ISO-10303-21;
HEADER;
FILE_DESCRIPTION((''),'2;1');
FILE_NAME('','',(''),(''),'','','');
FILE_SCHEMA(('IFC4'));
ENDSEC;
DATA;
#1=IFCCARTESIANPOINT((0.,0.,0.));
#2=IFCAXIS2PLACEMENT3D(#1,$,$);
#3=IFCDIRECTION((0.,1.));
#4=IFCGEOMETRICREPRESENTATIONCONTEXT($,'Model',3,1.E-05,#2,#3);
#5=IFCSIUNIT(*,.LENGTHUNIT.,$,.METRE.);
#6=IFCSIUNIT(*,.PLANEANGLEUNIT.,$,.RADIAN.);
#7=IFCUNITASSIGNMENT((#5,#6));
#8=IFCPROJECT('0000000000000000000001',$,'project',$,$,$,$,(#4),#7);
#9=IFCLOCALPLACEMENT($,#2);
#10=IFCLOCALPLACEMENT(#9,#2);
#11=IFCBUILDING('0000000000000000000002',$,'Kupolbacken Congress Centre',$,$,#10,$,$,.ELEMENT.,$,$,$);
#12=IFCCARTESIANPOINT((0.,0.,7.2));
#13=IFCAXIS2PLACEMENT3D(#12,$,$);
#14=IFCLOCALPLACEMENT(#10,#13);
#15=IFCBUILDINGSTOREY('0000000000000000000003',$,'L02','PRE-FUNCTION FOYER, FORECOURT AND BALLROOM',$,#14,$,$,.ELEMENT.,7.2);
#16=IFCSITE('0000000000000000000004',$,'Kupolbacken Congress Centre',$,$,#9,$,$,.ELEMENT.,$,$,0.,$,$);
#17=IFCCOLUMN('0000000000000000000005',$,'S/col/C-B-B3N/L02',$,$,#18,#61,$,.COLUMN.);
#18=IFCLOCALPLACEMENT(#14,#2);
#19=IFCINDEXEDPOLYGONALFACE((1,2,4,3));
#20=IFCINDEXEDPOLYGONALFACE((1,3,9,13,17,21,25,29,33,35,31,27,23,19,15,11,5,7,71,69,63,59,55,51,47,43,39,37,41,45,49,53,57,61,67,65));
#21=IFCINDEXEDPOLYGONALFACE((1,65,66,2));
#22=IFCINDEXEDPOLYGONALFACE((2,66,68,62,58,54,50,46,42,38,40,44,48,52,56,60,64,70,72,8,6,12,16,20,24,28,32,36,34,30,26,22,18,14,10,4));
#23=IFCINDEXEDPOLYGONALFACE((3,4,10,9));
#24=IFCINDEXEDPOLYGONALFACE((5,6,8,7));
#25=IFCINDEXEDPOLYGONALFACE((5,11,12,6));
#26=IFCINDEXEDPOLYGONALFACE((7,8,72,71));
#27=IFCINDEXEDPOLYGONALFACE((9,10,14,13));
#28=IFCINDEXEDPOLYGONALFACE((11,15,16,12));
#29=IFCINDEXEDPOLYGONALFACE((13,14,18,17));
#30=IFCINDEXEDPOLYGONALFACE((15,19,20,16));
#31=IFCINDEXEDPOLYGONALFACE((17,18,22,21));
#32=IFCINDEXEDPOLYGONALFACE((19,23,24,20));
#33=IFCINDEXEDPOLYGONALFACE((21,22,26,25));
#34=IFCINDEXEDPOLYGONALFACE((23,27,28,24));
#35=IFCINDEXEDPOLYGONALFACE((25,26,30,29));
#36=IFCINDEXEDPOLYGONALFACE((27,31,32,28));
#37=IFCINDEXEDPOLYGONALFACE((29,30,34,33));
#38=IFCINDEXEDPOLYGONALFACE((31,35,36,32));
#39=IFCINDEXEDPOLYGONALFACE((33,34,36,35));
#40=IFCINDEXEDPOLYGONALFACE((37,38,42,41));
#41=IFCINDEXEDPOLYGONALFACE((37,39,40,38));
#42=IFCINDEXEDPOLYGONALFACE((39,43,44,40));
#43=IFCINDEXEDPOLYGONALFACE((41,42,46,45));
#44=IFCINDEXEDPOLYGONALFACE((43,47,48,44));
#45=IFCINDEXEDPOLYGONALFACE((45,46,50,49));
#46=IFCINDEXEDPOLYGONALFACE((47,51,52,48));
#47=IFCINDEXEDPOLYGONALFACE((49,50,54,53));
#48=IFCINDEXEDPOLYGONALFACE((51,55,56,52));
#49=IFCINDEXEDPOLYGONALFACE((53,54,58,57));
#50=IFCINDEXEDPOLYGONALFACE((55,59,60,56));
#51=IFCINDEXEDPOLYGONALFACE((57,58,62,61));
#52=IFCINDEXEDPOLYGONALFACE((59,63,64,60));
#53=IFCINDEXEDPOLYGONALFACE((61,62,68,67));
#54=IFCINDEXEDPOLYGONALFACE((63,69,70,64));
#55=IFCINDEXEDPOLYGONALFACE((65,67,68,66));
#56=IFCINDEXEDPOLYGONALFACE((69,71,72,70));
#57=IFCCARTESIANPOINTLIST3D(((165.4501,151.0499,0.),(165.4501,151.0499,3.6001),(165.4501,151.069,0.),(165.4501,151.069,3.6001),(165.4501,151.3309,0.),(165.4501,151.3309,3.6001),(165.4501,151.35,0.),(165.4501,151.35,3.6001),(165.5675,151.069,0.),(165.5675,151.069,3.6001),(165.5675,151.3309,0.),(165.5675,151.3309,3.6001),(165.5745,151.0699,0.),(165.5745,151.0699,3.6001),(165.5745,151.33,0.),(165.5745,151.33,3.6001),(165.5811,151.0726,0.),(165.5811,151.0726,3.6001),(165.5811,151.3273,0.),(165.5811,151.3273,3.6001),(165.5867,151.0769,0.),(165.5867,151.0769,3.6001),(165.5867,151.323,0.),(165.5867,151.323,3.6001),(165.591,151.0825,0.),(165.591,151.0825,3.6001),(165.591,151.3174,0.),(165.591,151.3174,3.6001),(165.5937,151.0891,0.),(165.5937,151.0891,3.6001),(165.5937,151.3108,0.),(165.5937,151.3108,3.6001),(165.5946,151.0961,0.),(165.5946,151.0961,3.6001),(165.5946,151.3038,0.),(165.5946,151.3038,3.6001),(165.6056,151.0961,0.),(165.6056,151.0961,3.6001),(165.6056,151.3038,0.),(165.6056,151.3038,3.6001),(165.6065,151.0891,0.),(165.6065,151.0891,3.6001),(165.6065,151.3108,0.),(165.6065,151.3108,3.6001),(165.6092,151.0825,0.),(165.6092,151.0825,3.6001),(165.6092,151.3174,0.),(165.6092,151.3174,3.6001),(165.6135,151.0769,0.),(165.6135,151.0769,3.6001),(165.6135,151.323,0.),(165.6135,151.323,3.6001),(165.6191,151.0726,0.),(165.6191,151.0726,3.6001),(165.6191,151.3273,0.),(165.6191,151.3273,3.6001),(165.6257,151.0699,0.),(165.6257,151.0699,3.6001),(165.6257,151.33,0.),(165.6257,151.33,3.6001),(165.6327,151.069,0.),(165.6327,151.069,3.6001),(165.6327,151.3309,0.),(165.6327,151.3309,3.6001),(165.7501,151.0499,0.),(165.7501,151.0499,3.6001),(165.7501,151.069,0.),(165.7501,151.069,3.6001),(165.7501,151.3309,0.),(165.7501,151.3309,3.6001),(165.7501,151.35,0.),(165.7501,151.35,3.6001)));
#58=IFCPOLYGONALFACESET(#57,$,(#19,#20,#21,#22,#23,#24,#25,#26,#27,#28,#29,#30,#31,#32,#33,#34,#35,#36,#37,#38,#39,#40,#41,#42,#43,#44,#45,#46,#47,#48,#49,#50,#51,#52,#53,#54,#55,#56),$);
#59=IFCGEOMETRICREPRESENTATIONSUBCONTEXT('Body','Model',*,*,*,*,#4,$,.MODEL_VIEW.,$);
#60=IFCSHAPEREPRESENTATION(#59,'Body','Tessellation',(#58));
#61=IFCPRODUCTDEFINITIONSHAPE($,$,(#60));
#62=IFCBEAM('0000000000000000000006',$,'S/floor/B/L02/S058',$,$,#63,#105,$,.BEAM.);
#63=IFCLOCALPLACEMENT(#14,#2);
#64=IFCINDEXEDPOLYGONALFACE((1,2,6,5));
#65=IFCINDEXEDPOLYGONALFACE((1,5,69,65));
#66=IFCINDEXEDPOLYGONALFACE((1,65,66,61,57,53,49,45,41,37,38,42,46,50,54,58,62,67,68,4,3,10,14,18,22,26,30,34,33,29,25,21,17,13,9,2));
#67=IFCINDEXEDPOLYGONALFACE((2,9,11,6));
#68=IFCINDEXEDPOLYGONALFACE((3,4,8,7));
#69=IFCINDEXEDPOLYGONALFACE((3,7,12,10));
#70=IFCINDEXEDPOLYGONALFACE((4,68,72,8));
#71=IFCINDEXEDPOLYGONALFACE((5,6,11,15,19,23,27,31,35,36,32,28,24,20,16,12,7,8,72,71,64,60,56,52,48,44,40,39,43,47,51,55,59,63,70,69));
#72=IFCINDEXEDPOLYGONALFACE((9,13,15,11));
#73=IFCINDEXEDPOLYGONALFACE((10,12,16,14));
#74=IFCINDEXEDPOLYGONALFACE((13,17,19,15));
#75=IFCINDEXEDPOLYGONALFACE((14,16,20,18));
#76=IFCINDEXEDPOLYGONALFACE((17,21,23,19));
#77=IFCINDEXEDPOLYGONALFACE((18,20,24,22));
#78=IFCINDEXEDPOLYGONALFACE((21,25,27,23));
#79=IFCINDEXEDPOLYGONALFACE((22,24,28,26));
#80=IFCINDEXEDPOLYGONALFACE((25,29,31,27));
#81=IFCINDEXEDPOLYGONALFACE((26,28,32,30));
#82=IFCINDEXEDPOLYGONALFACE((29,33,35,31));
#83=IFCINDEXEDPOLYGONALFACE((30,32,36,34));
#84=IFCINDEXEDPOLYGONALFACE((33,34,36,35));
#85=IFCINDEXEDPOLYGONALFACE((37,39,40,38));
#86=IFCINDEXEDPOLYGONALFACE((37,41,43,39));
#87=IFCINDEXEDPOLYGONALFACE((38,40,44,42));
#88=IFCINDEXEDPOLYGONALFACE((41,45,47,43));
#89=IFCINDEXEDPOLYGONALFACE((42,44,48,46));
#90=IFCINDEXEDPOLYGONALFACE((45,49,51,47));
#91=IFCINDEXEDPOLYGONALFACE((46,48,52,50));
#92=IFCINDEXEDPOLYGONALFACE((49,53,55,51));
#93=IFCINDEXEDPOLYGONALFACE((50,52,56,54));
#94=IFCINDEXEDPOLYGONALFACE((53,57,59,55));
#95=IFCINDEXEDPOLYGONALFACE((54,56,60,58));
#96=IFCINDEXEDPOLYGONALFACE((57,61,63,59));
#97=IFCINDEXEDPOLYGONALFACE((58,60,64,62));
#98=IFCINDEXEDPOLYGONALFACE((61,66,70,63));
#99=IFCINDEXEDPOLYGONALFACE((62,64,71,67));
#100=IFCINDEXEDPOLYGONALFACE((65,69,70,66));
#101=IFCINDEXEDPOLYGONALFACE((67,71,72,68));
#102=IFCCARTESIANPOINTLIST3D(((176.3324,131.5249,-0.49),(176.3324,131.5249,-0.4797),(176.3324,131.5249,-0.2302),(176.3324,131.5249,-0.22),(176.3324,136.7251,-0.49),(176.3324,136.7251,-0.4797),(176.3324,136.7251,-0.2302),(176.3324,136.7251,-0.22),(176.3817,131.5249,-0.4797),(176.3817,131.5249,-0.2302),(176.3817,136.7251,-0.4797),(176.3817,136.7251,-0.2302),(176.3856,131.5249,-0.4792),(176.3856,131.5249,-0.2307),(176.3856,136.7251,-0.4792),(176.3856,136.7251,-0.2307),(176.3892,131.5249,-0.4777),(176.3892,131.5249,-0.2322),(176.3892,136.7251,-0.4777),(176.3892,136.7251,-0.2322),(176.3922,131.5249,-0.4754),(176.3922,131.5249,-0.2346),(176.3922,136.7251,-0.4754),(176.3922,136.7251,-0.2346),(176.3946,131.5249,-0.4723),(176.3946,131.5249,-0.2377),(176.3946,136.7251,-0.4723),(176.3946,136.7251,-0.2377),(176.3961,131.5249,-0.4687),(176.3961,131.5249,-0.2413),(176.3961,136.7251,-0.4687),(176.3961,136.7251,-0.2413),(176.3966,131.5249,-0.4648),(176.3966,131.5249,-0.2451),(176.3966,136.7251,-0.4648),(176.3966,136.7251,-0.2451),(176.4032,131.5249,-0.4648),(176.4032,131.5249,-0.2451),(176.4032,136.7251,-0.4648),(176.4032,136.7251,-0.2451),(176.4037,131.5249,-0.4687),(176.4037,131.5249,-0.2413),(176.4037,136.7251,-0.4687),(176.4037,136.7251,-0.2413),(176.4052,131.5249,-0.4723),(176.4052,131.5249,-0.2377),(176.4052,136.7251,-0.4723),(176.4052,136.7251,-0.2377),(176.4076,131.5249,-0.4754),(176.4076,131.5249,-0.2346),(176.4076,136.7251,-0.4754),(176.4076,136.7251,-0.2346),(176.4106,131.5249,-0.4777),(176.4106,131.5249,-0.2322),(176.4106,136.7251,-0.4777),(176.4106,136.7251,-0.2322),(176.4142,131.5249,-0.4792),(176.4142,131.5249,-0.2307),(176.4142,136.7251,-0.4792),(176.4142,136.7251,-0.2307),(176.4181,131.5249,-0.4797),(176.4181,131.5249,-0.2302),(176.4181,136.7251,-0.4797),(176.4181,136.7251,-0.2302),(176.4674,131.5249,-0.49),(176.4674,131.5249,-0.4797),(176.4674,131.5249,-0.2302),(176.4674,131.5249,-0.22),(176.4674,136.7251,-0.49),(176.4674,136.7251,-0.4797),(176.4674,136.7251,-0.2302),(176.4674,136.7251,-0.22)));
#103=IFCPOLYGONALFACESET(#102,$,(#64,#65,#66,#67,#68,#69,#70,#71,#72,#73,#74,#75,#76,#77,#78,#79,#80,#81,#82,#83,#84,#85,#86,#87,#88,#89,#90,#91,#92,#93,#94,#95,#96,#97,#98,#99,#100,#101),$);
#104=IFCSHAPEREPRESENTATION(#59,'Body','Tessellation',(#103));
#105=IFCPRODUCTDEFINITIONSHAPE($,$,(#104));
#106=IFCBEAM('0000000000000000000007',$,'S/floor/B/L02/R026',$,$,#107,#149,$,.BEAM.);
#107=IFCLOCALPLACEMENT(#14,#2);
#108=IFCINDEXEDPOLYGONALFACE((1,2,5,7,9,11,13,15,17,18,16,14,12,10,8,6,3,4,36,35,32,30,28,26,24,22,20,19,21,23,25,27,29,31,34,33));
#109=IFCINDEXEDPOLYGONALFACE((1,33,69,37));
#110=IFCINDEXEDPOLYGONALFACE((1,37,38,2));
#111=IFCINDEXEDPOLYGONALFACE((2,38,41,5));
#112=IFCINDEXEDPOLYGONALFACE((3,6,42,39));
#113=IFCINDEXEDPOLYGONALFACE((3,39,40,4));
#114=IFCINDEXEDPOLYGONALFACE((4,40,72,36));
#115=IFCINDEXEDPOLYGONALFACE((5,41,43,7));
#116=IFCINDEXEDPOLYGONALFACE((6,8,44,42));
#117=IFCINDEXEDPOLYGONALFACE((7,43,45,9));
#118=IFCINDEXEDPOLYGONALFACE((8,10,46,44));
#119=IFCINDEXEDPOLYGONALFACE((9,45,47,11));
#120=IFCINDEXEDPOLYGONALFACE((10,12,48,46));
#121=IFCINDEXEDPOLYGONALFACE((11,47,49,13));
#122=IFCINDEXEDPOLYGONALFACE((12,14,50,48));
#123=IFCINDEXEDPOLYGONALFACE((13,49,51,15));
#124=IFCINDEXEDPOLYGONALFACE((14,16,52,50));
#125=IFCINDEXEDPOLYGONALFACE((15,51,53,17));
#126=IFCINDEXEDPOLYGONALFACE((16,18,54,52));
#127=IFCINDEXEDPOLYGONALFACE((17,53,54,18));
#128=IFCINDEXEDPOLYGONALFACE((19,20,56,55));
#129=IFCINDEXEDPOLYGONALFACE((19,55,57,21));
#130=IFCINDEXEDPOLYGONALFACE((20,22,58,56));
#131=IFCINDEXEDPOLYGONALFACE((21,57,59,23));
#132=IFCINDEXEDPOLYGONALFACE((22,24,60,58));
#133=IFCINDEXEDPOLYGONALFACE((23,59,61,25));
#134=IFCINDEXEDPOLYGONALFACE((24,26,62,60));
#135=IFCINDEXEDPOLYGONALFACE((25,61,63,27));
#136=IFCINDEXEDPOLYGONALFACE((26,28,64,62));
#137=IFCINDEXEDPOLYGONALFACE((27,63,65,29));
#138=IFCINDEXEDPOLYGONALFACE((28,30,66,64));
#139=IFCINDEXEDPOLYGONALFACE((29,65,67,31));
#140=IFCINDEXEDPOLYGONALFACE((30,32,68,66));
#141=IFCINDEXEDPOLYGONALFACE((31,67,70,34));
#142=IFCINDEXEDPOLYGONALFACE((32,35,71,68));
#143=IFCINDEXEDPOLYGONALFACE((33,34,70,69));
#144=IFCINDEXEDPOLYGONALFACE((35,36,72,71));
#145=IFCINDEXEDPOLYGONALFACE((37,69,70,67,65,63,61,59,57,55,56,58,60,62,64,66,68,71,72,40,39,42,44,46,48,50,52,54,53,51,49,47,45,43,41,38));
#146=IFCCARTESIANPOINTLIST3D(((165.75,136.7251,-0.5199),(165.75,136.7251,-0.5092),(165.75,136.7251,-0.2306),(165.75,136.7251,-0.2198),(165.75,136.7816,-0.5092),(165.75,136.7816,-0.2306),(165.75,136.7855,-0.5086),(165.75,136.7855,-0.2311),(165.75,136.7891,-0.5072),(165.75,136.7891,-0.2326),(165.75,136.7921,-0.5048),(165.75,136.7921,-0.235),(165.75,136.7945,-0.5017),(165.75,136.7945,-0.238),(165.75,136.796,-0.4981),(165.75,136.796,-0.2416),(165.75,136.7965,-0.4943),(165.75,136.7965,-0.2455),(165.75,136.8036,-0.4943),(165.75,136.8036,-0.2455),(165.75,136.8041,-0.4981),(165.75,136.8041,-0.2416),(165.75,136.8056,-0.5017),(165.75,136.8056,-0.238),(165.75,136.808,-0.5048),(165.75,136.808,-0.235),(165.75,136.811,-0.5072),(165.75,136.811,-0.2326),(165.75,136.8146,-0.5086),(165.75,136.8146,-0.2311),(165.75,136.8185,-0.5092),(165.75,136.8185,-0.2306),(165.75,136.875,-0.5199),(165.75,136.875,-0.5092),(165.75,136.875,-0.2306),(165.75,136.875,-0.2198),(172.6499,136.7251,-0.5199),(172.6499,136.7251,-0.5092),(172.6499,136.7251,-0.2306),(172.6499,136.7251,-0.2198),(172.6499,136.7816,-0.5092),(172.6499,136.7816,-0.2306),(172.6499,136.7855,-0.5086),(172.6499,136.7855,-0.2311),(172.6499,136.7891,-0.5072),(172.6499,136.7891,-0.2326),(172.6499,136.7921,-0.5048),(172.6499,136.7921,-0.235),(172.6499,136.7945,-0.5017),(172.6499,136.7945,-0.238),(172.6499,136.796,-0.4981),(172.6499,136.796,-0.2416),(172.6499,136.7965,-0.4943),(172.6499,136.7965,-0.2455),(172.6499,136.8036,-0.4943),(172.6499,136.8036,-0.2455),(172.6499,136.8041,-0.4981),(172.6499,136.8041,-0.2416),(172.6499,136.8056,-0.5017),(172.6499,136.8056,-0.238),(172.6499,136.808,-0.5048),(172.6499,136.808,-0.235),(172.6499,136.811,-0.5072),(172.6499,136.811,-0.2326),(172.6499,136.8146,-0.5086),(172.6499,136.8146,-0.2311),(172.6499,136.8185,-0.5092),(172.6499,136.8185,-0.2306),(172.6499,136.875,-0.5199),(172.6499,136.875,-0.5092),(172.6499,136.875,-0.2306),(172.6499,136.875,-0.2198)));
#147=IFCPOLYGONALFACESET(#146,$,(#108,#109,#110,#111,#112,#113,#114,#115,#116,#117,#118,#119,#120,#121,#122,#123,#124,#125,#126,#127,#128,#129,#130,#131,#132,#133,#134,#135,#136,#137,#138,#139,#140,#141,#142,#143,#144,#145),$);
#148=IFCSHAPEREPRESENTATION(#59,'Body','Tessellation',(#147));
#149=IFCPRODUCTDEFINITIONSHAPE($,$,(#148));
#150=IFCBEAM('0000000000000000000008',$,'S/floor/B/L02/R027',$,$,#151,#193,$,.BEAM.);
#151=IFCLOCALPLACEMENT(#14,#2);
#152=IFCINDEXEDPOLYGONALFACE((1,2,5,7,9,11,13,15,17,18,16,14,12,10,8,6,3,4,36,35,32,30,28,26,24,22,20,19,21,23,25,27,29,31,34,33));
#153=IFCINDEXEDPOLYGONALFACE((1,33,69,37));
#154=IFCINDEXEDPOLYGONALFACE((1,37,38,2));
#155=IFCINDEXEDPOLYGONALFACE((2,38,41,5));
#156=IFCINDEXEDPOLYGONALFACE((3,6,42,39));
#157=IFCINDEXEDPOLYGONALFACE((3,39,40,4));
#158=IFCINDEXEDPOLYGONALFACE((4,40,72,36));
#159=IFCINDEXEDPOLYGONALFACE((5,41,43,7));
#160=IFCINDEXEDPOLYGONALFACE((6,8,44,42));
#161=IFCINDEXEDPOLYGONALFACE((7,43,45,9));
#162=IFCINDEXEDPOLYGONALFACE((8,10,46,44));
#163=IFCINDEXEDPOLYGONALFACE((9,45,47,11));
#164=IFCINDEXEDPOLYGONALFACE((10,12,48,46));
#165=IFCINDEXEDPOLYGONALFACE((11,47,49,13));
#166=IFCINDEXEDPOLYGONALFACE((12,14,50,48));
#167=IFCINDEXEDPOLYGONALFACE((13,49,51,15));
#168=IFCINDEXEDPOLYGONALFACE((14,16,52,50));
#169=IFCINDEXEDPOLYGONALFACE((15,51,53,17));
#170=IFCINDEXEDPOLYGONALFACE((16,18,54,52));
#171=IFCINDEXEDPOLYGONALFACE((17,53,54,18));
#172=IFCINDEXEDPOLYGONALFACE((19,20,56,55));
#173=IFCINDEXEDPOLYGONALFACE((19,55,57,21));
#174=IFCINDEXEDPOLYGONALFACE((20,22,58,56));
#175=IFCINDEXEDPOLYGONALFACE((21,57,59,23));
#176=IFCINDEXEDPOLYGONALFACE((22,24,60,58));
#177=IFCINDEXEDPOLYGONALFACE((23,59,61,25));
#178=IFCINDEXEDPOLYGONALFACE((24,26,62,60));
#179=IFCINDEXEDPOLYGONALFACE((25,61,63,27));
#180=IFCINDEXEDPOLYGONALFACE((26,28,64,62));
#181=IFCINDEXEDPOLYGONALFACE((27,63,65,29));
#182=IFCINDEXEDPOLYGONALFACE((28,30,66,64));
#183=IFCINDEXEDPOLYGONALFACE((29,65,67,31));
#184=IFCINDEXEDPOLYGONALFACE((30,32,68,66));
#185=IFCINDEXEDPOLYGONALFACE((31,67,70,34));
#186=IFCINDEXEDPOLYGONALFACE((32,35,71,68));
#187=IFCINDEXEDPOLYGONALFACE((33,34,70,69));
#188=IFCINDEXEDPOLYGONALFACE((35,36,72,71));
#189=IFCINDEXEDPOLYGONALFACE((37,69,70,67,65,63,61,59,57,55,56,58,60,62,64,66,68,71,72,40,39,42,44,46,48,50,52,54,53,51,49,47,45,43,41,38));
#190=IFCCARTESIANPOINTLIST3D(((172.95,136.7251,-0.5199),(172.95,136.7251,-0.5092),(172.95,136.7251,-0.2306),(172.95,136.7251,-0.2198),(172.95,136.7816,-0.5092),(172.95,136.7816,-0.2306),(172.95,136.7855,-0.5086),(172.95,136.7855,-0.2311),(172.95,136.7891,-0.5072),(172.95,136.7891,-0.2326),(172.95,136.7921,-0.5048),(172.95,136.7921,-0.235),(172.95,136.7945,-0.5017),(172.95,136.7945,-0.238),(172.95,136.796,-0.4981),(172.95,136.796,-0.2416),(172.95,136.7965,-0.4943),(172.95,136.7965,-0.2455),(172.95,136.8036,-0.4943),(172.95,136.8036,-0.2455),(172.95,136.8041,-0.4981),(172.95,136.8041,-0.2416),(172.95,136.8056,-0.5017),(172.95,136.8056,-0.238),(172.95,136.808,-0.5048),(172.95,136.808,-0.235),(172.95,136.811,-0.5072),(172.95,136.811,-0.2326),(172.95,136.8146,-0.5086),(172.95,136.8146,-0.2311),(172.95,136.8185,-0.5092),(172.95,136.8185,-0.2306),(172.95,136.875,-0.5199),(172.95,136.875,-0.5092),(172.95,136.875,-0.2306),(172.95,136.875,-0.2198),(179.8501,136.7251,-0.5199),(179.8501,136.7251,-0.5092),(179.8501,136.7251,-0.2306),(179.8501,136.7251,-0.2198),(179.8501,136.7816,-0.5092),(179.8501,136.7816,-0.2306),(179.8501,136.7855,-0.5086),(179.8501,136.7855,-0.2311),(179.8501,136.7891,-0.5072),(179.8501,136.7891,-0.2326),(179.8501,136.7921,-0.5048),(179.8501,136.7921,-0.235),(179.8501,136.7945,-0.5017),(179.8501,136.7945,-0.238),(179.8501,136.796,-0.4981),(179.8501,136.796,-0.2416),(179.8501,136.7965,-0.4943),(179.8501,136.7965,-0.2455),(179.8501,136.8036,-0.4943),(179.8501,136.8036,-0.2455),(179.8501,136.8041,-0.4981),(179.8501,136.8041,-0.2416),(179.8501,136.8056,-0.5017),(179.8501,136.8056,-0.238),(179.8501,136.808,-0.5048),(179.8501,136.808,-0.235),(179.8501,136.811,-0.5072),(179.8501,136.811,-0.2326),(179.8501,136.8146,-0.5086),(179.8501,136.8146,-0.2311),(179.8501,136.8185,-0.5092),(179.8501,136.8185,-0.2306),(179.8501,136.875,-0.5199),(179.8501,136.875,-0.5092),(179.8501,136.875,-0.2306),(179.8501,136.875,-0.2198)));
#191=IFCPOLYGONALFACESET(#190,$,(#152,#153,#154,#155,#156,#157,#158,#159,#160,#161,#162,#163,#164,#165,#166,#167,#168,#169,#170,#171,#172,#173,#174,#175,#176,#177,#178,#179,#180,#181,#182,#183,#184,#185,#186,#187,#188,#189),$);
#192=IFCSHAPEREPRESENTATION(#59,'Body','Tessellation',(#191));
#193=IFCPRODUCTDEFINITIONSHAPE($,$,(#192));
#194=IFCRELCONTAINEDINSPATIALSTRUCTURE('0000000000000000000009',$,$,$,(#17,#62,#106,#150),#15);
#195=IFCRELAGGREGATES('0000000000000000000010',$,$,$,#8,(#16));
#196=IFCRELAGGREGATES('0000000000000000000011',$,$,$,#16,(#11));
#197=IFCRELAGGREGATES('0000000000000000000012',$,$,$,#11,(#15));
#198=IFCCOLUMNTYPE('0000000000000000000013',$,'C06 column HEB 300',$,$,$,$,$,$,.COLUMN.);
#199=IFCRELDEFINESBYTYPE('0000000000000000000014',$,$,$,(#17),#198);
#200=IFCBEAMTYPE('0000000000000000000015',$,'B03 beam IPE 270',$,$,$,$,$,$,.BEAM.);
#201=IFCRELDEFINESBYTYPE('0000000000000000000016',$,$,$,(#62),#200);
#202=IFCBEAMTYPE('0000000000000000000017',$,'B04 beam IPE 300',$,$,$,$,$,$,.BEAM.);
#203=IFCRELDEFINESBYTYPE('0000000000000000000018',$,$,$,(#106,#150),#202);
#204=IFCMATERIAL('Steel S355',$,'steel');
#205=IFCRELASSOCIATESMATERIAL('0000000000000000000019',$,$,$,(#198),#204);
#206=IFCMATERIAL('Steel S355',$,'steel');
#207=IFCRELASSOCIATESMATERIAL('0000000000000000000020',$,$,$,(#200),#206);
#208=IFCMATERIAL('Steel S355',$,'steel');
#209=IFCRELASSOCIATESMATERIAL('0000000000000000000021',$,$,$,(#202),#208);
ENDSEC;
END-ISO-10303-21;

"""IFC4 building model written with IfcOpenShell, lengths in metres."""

from ifc_helpers import new_model, si_unit, direction, frame, origin, origin_2d, place, context, subcontext, project, spatial, i_section, extrude, material, material_profile, profile_set, type_object, element, save


model = new_model("IFC4")

# Units and contexts
model_context = context("Model", 3, precision=1e-05, world=origin(), true_north=direction((0.0, 1.0)))
body_context = subcontext(model_context, "Body", "Model", "MODEL_VIEW")
ifc_project = project(units=[si_unit("LENGTHUNIT", "METRE"), si_unit("PLANEANGLEUNIT", "RADIAN")], contexts=[model_context])

# Site, building, storey
site_placement = place(None, origin())
site = spatial("IfcSite", under=ifc_project, at=site_placement, Name="Kupolbacken Congress Centre", CompositionType="ELEMENT", RefElevation=0.0)
building_placement = place(site_placement, origin())
building = spatial("IfcBuilding", under=site, at=building_placement, Name="Kupolbacken Congress Centre", CompositionType="ELEMENT")
storey_placement = place(building_placement, frame((0.0, 0.0, 7.2)))
storey = spatial("IfcBuildingStorey", under=building, at=storey_placement, Name="L02", Description="PRE-FUNCTION FOYER, FORECOURT AND BALLROOM", CompositionType="ELEMENT", Elevation=7.2)

# Column
ifc_material_1 = material(Name="Steel S355", Category="steel")
ifc_material_profile_1 = material_profile(ifc_material_1, i_section(OverallWidth=0.3, OverallDepth=0.3, WebThickness=0.011, FlangeThickness=0.019, FilletRadius=0.0271, at=origin_2d()), Name="HEB 300")
ifc_profile_set_1 = profile_set([ifc_material_profile_1], Name="Steel S355")
column_type = type_object("IfcColumnType", Name="C06 column HEB 300", PredefinedType="COLUMN", material=ifc_profile_set_1)
column_placement = place(storey_placement, frame((165.6001, 151.2, 0.0), z_axis=(0.0, 0.0, 1.0), x_axis=(1.0, 0.0, 0.0)))
element("IfcColumn", 1, at=column_placement, inside=storey, type_object=column_type, Name="S/col/C-B-B3N/L02", PredefinedType="COLUMN", context=body_context, shape_type="SweptSolid", body=[
    extrude(i_section(OverallWidth=0.3, OverallDepth=0.3, WebThickness=0.011, FlangeThickness=0.019, FilletRadius=0.0271, at=origin_2d()), origin(), (0.0, 0.0, 1.0), 3.6001),
])

# Beams
ifc_material_2 = material(Name="Steel S355", Category="steel")
ifc_material_profile_2 = material_profile(ifc_material_2, i_section(OverallWidth=0.135, OverallDepth=0.27, WebThickness=0.0066, FlangeThickness=0.0103, FilletRadius=0.0149, at=origin_2d()), Name="IPE 270")
ifc_profile_set_2 = profile_set([ifc_material_profile_2], Name="Steel S355")
beam_type_1 = type_object("IfcBeamType", Name="B03 beam IPE 270", PredefinedType="BEAM", material=ifc_profile_set_2)
beam_1_placement = place(storey_placement, frame((176.3999, 131.5249, -0.355), z_axis=(0.0, 1.0, 0.0), x_axis=(-1.0, 0.0, 0.0)))
element("IfcBeam", 2, at=beam_1_placement, inside=storey, type_object=beam_type_1, Name="S/floor/B/L02/S058", PredefinedType="BEAM", context=body_context, shape_type="SweptSolid", body=[
    extrude(i_section(OverallWidth=0.135, OverallDepth=0.27, WebThickness=0.0066, FlangeThickness=0.0103, FilletRadius=0.0149, at=origin_2d()), origin(), (0.0, 0.0, 1.0), 5.2002),
])
ifc_material_3 = material(Name="Steel S355", Category="steel")
ifc_material_profile_3 = material_profile(ifc_material_3, i_section(OverallWidth=0.1499, OverallDepth=0.3, WebThickness=0.0071, FlangeThickness=0.0107, FilletRadius=0.0149, at=origin_2d()), Name="IPE 300")
ifc_profile_set_3 = profile_set([ifc_material_profile_3], Name="Steel S355")
beam_type_2 = type_object("IfcBeamType", Name="B04 beam IPE 300", PredefinedType="BEAM", material=ifc_profile_set_3)
beam_2_placement = place(storey_placement, frame((165.75, 136.8, -0.3699), z_axis=(1.0, 0.0, 0.0), x_axis=(0.0, 1.0, 0.0)))
element("IfcBeam", 3, at=beam_2_placement, inside=storey, type_object=beam_type_2, Name="S/floor/B/L02/R026", PredefinedType="BEAM", context=body_context, shape_type="SweptSolid", body=[
    extrude(i_section(OverallWidth=0.1499, OverallDepth=0.3, WebThickness=0.0071, FlangeThickness=0.0107, FilletRadius=0.0149, at=origin_2d()), origin(), (0.0, 0.0, 1.0), 6.8999),
])
beam_3_placement = place(storey_placement, frame((172.95, 136.8, -0.3699), z_axis=(1.0, 0.0, 0.0), x_axis=(0.0, 1.0, 0.0)))
element("IfcBeam", 4, at=beam_3_placement, inside=storey, type_object=beam_type_2, Name="S/floor/B/L02/R027", PredefinedType="BEAM", context=body_context, shape_type="SweptSolid", body=[
    extrude(i_section(OverallWidth=0.1499, OverallDepth=0.3, WebThickness=0.0071, FlangeThickness=0.0107, FilletRadius=0.0149, at=origin_2d()), origin(), (0.0, 0.0, 1.0), 6.9001),
])

save(model, "model.ifc")
